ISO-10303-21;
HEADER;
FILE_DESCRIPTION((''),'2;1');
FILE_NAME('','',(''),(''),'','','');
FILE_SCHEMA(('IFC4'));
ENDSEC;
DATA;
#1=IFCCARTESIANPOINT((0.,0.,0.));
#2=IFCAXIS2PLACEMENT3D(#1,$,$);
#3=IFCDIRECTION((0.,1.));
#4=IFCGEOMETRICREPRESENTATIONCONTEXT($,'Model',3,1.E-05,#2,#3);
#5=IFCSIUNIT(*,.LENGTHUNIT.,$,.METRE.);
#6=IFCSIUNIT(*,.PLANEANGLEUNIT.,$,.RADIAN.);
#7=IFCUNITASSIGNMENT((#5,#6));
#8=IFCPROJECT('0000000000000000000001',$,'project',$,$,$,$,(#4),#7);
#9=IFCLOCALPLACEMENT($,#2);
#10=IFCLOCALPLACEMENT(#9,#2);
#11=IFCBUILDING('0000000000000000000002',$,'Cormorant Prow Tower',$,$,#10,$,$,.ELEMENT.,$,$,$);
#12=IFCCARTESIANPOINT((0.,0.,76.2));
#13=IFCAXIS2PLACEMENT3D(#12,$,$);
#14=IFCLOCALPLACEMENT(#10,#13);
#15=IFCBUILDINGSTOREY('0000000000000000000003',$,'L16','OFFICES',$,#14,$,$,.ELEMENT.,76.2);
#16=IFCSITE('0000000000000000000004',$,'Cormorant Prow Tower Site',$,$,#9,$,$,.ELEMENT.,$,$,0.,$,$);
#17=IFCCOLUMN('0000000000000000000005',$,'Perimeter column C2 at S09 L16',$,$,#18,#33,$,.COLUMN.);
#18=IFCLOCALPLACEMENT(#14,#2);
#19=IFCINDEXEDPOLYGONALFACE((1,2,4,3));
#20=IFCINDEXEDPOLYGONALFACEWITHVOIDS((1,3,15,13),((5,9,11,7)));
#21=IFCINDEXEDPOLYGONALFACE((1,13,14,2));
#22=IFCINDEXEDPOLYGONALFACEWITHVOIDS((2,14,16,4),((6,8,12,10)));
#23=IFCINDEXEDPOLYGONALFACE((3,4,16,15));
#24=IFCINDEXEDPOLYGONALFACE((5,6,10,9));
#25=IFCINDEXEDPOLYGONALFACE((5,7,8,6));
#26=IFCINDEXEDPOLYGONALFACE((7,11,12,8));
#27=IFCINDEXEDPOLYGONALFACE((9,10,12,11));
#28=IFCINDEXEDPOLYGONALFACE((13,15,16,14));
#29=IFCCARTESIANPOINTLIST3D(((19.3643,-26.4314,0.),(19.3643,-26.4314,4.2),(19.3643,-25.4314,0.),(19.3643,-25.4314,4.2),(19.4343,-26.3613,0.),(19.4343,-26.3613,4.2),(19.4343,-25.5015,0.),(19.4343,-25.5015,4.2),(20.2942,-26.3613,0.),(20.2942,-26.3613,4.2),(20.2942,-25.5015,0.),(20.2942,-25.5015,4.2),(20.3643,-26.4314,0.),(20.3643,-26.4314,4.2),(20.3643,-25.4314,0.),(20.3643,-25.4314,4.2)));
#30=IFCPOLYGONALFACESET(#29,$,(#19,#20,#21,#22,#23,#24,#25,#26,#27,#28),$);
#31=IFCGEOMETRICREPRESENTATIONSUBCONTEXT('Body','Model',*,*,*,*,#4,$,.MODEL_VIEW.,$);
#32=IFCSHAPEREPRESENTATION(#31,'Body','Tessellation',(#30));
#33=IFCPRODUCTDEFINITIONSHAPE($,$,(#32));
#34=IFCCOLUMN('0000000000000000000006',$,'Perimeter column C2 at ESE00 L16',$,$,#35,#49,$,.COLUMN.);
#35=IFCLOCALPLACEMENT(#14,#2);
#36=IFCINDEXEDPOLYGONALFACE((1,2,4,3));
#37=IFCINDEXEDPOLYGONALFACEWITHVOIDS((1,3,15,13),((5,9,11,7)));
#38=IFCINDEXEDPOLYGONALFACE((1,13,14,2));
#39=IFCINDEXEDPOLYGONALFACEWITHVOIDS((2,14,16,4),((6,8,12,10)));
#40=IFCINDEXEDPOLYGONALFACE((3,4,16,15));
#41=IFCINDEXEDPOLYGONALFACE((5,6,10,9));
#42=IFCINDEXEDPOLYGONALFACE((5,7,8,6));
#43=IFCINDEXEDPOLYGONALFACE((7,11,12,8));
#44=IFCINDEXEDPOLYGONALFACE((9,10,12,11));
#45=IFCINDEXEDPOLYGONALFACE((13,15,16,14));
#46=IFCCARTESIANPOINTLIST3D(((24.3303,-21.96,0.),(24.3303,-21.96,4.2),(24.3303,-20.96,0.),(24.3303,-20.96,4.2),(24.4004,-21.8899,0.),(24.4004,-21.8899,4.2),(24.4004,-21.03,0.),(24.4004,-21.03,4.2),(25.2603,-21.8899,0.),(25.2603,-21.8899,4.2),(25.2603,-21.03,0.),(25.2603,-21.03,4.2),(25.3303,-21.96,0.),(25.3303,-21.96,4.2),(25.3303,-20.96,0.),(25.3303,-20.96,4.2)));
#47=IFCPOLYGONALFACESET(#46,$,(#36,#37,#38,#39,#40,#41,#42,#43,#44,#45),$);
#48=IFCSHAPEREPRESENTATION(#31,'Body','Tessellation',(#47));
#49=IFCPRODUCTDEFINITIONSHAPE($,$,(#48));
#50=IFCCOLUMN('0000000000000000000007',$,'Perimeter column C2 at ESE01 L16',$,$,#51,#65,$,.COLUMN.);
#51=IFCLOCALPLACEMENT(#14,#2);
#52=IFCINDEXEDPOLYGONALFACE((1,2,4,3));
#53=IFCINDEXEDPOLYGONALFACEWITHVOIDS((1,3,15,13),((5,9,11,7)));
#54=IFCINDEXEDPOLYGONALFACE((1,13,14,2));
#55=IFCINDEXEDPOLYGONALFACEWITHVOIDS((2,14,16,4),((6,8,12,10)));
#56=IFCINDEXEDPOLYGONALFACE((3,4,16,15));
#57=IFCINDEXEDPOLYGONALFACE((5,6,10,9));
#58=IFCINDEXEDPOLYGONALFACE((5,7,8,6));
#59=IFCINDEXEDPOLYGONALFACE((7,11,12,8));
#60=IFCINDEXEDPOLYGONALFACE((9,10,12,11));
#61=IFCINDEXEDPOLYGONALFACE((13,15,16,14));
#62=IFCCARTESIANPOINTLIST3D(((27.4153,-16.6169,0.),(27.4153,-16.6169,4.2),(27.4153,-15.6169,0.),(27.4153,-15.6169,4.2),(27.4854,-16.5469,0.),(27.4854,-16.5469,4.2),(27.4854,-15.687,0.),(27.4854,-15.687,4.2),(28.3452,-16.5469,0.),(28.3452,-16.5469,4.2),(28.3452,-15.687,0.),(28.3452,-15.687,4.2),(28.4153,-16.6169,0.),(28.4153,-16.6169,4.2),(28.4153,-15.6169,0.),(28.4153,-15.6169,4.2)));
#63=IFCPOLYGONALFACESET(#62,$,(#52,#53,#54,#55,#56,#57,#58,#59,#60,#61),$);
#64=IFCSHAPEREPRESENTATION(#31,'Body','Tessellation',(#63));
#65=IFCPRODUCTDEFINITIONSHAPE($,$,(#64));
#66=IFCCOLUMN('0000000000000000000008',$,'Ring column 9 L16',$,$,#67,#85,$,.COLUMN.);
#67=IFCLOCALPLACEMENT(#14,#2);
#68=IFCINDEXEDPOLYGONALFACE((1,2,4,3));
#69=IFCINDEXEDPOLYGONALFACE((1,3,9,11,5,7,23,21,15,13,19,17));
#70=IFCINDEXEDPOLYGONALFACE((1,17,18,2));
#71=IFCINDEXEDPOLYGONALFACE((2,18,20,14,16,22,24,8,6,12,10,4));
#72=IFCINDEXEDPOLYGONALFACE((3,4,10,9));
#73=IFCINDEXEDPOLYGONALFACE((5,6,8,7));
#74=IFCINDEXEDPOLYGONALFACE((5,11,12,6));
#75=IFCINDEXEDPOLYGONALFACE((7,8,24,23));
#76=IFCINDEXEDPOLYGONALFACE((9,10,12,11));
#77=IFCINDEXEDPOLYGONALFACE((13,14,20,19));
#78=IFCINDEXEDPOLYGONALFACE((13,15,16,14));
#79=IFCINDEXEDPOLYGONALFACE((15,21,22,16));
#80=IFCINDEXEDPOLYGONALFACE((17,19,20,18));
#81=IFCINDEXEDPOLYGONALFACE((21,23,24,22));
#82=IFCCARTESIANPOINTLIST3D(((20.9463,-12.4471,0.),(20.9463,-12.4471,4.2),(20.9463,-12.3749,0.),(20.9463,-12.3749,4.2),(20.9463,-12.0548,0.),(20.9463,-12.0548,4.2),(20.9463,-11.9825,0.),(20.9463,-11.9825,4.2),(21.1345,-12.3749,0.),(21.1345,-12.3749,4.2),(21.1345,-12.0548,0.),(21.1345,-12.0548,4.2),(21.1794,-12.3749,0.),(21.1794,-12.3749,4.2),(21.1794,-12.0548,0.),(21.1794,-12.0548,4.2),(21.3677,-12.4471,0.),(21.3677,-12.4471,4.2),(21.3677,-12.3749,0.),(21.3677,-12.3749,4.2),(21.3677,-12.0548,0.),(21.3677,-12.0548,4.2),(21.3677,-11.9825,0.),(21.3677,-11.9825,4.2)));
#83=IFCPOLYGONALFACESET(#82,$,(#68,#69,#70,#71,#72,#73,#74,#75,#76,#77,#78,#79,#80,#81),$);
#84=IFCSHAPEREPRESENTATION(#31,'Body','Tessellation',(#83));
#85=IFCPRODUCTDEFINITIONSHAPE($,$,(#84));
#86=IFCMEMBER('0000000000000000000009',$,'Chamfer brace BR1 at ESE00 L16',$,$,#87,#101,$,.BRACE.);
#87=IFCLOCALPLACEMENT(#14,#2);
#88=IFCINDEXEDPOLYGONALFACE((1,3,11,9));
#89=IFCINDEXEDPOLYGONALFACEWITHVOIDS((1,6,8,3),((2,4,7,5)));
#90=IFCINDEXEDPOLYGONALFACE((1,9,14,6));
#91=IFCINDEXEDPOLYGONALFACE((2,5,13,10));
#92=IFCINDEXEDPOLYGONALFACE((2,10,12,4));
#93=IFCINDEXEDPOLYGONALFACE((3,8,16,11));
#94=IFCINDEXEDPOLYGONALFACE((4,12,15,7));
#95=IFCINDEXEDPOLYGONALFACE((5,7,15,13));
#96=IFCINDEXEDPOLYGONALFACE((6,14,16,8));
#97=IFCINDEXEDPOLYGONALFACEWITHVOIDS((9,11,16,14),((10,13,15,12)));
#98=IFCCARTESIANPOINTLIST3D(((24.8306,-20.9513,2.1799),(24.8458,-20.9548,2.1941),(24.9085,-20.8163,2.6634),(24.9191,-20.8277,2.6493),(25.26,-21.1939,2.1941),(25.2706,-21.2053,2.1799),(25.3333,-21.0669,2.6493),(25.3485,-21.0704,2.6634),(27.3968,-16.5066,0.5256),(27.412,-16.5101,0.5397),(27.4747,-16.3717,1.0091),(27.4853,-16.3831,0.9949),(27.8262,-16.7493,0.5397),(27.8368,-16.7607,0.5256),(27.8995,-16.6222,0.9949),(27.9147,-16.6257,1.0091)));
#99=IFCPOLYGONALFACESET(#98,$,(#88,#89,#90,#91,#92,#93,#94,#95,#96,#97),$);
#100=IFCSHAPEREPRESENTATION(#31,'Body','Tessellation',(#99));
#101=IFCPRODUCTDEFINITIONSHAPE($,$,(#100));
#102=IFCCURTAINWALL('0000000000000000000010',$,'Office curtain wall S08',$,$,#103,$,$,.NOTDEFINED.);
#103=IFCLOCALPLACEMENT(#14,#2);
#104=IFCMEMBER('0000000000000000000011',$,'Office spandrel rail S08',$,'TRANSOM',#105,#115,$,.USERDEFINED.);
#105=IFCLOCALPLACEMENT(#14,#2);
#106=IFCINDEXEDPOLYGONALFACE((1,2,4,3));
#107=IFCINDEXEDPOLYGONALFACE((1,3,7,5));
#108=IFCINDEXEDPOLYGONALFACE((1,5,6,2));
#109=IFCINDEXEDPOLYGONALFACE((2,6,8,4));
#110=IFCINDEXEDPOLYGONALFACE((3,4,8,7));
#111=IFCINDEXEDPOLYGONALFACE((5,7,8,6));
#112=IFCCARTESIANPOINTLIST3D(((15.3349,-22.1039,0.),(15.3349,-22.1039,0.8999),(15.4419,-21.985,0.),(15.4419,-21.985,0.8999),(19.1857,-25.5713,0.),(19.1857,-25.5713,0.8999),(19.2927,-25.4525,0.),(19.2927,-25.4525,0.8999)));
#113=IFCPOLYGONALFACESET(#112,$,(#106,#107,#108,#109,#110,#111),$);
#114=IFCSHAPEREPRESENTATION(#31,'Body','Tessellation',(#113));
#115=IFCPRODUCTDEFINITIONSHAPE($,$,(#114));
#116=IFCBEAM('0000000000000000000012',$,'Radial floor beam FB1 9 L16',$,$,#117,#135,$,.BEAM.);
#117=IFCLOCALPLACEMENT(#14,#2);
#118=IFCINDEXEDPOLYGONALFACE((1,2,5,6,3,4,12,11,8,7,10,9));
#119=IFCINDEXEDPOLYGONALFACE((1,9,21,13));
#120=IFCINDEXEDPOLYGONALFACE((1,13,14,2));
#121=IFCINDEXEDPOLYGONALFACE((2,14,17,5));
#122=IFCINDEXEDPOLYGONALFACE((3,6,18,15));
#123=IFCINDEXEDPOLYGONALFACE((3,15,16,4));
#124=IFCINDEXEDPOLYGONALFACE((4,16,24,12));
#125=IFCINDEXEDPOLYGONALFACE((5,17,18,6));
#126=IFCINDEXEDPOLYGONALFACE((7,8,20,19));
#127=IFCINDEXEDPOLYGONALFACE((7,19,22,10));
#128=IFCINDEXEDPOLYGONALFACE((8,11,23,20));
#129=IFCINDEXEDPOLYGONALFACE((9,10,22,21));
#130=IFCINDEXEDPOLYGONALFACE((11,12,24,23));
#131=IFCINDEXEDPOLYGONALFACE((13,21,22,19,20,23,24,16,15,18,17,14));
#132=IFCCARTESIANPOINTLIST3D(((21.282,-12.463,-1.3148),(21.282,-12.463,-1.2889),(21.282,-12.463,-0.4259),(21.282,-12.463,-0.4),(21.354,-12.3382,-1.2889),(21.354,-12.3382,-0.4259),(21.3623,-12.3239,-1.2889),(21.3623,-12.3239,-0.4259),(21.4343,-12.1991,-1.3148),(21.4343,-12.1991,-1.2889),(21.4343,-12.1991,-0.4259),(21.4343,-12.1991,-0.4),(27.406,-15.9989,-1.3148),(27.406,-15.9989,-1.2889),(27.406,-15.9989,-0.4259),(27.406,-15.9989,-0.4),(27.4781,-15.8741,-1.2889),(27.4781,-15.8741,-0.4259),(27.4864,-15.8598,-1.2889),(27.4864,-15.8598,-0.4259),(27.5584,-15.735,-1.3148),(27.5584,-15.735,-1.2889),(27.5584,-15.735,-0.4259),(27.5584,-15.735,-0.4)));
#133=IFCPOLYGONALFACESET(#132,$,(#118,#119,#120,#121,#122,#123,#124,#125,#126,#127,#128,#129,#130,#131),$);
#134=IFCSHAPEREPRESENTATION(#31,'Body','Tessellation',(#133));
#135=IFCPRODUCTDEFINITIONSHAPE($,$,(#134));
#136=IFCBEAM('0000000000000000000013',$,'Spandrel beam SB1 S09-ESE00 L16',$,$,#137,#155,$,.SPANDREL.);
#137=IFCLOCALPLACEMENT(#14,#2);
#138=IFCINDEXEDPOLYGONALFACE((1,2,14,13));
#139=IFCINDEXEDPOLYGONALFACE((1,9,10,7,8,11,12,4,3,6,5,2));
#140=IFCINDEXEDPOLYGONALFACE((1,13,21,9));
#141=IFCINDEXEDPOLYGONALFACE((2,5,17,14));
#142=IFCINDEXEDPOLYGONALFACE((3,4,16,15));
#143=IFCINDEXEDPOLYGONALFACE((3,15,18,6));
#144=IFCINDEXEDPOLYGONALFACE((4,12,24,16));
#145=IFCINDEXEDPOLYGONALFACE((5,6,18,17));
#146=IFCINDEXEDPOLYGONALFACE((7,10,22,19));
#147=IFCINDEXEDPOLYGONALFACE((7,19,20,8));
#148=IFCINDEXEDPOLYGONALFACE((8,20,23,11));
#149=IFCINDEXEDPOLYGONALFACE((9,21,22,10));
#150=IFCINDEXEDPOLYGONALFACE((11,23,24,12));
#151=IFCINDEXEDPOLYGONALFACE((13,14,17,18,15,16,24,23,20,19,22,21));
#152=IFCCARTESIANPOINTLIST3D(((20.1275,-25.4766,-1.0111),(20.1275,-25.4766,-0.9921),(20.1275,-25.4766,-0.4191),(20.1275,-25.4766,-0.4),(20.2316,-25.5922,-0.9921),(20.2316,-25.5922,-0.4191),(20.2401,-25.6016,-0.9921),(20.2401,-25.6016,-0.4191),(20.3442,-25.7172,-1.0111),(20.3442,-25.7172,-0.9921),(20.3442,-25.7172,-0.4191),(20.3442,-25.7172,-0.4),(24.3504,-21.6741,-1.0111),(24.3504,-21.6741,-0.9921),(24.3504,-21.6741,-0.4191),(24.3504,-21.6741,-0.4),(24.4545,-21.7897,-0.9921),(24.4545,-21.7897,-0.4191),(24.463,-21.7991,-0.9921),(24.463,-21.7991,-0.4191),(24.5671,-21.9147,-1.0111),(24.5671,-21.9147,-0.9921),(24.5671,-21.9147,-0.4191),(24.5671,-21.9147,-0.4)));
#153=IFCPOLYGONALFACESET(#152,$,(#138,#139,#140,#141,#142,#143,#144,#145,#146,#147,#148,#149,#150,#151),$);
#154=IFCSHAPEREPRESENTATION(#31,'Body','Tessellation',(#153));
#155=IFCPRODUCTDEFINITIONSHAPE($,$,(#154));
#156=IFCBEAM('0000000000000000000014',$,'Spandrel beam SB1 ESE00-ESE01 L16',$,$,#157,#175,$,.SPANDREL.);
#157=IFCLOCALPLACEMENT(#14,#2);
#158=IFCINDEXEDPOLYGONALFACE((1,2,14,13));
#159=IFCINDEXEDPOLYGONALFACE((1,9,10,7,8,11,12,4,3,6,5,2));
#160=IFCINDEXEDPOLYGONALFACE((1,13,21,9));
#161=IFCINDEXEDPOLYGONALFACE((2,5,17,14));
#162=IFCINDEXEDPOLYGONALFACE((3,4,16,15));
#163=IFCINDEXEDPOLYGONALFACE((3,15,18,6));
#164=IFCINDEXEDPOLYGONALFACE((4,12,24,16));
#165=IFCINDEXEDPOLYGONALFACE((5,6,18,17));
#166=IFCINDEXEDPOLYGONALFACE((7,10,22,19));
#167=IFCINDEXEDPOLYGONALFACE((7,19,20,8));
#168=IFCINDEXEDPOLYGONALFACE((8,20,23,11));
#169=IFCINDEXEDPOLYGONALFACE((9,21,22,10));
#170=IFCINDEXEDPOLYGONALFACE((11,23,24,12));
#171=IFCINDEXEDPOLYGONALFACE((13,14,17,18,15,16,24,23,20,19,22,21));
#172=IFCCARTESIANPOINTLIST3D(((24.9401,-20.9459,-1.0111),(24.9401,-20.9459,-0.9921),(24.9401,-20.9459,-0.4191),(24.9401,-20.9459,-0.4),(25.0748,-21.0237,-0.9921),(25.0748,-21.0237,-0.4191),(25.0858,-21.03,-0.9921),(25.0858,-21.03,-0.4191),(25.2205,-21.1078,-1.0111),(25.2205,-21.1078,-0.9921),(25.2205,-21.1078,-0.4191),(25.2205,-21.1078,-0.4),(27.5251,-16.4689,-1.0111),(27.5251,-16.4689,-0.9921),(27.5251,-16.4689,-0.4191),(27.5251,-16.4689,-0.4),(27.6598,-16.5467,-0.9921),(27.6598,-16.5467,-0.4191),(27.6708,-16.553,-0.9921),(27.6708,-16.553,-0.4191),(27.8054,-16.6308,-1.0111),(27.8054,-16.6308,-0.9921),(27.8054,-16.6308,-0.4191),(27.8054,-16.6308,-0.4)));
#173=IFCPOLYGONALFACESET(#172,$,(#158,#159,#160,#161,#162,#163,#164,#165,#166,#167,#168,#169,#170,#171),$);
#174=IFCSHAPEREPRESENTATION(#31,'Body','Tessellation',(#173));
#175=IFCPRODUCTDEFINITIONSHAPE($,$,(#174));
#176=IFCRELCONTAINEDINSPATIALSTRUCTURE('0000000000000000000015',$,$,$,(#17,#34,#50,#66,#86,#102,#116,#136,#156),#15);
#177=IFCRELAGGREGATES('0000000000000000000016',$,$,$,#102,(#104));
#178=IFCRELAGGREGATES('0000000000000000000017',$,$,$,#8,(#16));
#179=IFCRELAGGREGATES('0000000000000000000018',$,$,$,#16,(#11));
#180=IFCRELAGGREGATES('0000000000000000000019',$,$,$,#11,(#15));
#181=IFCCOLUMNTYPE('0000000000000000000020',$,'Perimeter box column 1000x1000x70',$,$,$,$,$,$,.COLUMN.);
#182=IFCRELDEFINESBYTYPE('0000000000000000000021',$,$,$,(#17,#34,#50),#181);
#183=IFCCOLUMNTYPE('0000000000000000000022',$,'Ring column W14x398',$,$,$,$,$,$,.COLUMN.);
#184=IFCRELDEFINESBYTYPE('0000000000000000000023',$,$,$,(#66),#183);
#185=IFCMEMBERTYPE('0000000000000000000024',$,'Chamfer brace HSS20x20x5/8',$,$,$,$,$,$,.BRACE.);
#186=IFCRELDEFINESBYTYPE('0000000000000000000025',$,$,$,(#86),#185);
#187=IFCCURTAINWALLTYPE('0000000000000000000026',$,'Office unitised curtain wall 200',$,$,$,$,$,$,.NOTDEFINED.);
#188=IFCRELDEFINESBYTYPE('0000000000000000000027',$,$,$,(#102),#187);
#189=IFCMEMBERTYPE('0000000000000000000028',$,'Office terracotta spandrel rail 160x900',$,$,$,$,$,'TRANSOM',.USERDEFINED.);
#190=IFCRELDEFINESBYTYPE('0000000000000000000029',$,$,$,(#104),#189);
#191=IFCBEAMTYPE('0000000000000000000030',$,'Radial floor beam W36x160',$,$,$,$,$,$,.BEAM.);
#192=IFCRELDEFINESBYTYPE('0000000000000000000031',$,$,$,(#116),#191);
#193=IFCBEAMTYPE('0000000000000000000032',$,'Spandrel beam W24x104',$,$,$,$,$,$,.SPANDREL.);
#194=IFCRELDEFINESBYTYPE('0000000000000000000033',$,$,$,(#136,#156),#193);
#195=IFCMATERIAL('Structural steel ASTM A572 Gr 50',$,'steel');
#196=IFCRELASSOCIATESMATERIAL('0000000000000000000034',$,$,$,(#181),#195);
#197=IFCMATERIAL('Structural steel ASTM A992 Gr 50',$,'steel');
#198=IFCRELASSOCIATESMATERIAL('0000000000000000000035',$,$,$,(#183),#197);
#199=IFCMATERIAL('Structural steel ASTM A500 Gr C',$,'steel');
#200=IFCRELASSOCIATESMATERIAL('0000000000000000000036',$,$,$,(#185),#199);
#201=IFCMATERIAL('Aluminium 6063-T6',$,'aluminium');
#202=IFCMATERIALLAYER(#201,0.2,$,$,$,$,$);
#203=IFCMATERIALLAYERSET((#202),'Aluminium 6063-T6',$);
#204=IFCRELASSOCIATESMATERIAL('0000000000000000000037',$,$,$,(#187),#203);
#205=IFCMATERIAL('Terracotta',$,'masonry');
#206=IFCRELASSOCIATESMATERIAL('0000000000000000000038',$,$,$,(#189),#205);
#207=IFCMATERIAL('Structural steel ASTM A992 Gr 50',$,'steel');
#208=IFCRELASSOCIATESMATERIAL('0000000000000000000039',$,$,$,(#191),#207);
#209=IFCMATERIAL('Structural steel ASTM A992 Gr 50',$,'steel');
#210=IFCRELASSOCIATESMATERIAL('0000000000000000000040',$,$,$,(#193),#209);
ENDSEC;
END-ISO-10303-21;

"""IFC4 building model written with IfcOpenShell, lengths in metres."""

from ifc_helpers import new_model, si_unit, direction, frame, origin, origin_2d, place, context, subcontext, project, spatial, rectangle, hollow_rectangle, i_section, extrude, material, layer, layer_set, material_profile, profile_set, type_object, element, aggregate, save


model = new_model("IFC4")

# Units and contexts
model_context = context("Model", 3, precision=1e-05, world=origin(), true_north=direction((0.0, 1.0)))
body_context = subcontext(model_context, "Body", "Model", "MODEL_VIEW")
ifc_project = project(units=[si_unit("LENGTHUNIT", "METRE"), si_unit("PLANEANGLEUNIT", "RADIAN")], contexts=[model_context])

# Site, building, storey
site_placement = place(None, origin())
site = spatial("IfcSite", under=ifc_project, at=site_placement, Name="Cormorant Prow Tower Site", CompositionType="ELEMENT", RefElevation=0.0)
building_placement = place(site_placement, origin())
building = spatial("IfcBuilding", under=site, at=building_placement, Name="Cormorant Prow Tower", CompositionType="ELEMENT")
storey_placement = place(building_placement, frame((0.0, 0.0, 76.2)))
storey = spatial("IfcBuildingStorey", under=building, at=storey_placement, Name="L16", Description="OFFICES", CompositionType="ELEMENT", Elevation=76.2)

# Columns
ifc_material_1 = material(Name="Structural steel ASTM A572 Gr 50", Category="steel")
ifc_material_profile_1 = material_profile(ifc_material_1, hollow_rectangle(XDim=1.0, YDim=1.0, WallThickness=0.0701, at=origin_2d()), Name="Box 1000x1000x70")
ifc_profile_set_1 = profile_set([ifc_material_profile_1], Name="Structural steel ASTM A572 Gr 50")
column_type_1 = type_object("IfcColumnType", Name="Perimeter box column 1000x1000x70", PredefinedType="COLUMN", material=ifc_profile_set_1)
for number, where, z_axis, x_axis, name in (
    (1, (19.8643, -25.9314, 0.0), (0.0, 0.0, 1.0), (1.0, 0.0, 0.0), "Perimeter column C2 at S09 L16"),
    (2, (24.8303, -21.46, 0.0), (0.0, 0.0, 1.0), (1.0, 0.0, 0.0), "Perimeter column C2 at ESE00 L16"),
    (3, (27.9153, -16.1169, 0.0), (0.0, 0.0, 1.0), (1.0, 0.0, 0.0), "Perimeter column C2 at ESE01 L16"),
):
    element("IfcColumn", number, at=place(storey_placement, frame(where, z_axis=z_axis, x_axis=x_axis)), inside=storey, type_object=column_type_1, Name=name, PredefinedType="COLUMN", context=body_context, shape_type="SweptSolid", body=[
        extrude(hollow_rectangle(XDim=1.0, YDim=1.0, WallThickness=0.0701, at=origin_2d()), origin(), (0.0, 0.0, 1.0), 4.2),
    ])
ifc_material_2 = material(Name="Structural steel ASTM A992 Gr 50", Category="steel")
ifc_material_profile_2 = material_profile(ifc_material_2, i_section(OverallWidth=0.4214, OverallDepth=0.4646, WebThickness=0.0449, FlangeThickness=0.0723, at=origin_2d()), Name="W14x398")
ifc_profile_set_2 = profile_set([ifc_material_profile_2], Name="Structural steel ASTM A992 Gr 50")
column_type_2 = type_object("IfcColumnType", Name="Ring column W14x398", PredefinedType="COLUMN", material=ifc_profile_set_2)
column_placement = place(storey_placement, frame((21.157, -12.2148, 0.0), z_axis=(0.0, 0.0, 1.0), x_axis=(1.0, 0.0, 0.0)))
element("IfcColumn", 4, at=column_placement, inside=storey, type_object=column_type_2, Name="Ring column 9 L16", PredefinedType="COLUMN", context=body_context, shape_type="SweptSolid", body=[
    extrude(i_section(OverallWidth=0.4214, OverallDepth=0.4646, WebThickness=0.0449, FlangeThickness=0.0723, at=origin_2d()), origin(), (0.0, 0.0, 1.0), 4.2),
])

# Member
ifc_material_3 = material(Name="Structural steel ASTM A500 Gr C", Category="steel")
ifc_material_profile_3 = material_profile(ifc_material_3, hollow_rectangle(XDim=0.5081, YDim=0.5081, WallThickness=0.0149, at=origin_2d()), Name="HSS20x20x5/8")
ifc_profile_set_3 = profile_set([ifc_material_profile_3], Name="Structural steel ASTM A500 Gr C")
member_type_1 = type_object("IfcMemberType", Name="Chamfer brace HSS20x20x5/8", PredefinedType="BRACE", material=ifc_profile_set_3)
member_1_placement = place(storey_placement, frame((27.6558, -16.5662, 0.7673), z_axis=(-0.4759, -0.824256, 0.306793), x_axis=(0.866018, -0.500012, 0.0)))
element("IfcMember", 5, at=member_1_placement, inside=storey, type_object=member_type_1, Name="Chamfer brace BR1 at ESE00 L16", PredefinedType="BRACE", context=body_context, shape_type="SweptSolid", body=[
    extrude(hollow_rectangle(XDim=0.5081, YDim=0.5081, WallThickness=0.0149, at=origin_2d()), origin(), (0.0, 0.0, 1.0), 5.3923),
])

# Curtain wall, member
ifc_material_4 = material(Name="Aluminium 6063-T6", Category="aluminium")
ifc_layer_1 = layer(ifc_material_4, 0.2)
ifc_layer_set_1 = layer_set([ifc_layer_1], Name="Aluminium 6063-T6")
curtain_wall_type = type_object("IfcCurtainWallType", Name="Office unitised curtain wall 200", PredefinedType="NOTDEFINED", material=ifc_layer_set_1)
curtain_wall_placement = place(storey_placement, origin())
curtain_wall = element("IfcCurtainWall", 6, at=curtain_wall_placement, inside=storey, type_object=curtain_wall_type, Name="Office curtain wall S08", PredefinedType="NOTDEFINED")
ifc_material_5 = material(Name="Terracotta", Category="masonry")
ifc_material_profile_4 = material_profile(ifc_material_5, rectangle(XDim=0.1599, YDim=0.8999, at=origin_2d()), Name="Office terracotta spandrel rail 160x900")
ifc_profile_set_4 = profile_set([ifc_material_profile_4], Name="Terracotta")
member_type_2 = type_object("IfcMemberType", Name="Office terracotta spandrel rail 160x900", ElementType="TRANSOM", PredefinedType="USERDEFINED", material=ifc_profile_set_4)
member_2_placement = place(storey_placement, frame((15.3884, -22.0444, 0.45), z_axis=(0.743123, -0.669155, 0.0), x_axis=(0.669155, 0.743123, 0.0)))
member_2 = element("IfcMember", 7, at=member_2_placement, type_object=member_type_2, Name="Office spandrel rail S08", ObjectType="TRANSOM", PredefinedType="USERDEFINED", context=body_context, shape_type="SweptSolid", body=[
    extrude(rectangle(XDim=0.1599, YDim=0.8999, at=origin_2d()), origin(), (0.0, 0.0, 1.0), 5.1819),
])

# Beams
ifc_material_6 = material(Name="Structural steel ASTM A992 Gr 50", Category="steel")
ifc_material_profile_5 = material_profile(ifc_material_6, i_section(OverallWidth=0.3047, OverallDepth=0.9148, WebThickness=0.0166, FlangeThickness=0.0259, at=origin_2d()), Name="W36x160")
ifc_profile_set_5 = profile_set([ifc_material_profile_5], Name="Structural steel ASTM A992 Gr 50")
beam_type_1 = type_object("IfcBeamType", Name="Radial floor beam W36x160", PredefinedType="BEAM", material=ifc_profile_set_5)
beam_1_placement = place(storey_placement, frame((21.3582, -12.3311, -0.8574), z_axis=(0.866014, -0.500019, 0.0), x_axis=(0.500019, 0.866014, 0.0)))
element("IfcBeam", 8, at=beam_1_placement, inside=storey, type_object=beam_type_1, Name="Radial floor beam FB1 9 L16", PredefinedType="BEAM", context=body_context, shape_type="SweptSolid", body=[
    extrude(i_section(OverallWidth=0.3047, OverallDepth=0.9148, WebThickness=0.0166, FlangeThickness=0.0259, at=origin_2d()), origin(), (0.0, 0.0, 1.0), 7.0715),
])
ifc_material_7 = material(Name="Structural steel ASTM A992 Gr 50", Category="steel")
ifc_material_profile_6 = material_profile(ifc_material_7, i_section(OverallWidth=0.3237, OverallDepth=0.6111, WebThickness=0.0127, FlangeThickness=0.019, at=origin_2d()), Name="W24x104")
ifc_profile_set_6 = profile_set([ifc_material_profile_6], Name="Structural steel ASTM A992 Gr 50")
beam_type_2 = type_object("IfcBeamType", Name="Spandrel beam W24x104", PredefinedType="SPANDREL", material=ifc_profile_set_6)
beam_2_placement = place(storey_placement, frame((20.2358, -25.5969, -0.7056), z_axis=(0.74313, 0.669147, 0.0), x_axis=(-0.669147, 0.74313, 0.0)))
element("IfcBeam", 9, at=beam_2_placement, inside=storey, type_object=beam_type_2, Name="Spandrel beam SB1 S09-ESE00 L16", PredefinedType="SPANDREL", context=body_context, shape_type="SweptSolid", body=[
    extrude(i_section(OverallWidth=0.3237, OverallDepth=0.6111, WebThickness=0.0127, FlangeThickness=0.019, at=origin_2d()), origin(), (0.0, 0.0, 1.0), 5.6826),
])
for number, where, z_axis, x_axis, name in (
    (10, (25.0803, -21.0269, -0.7056), (0.50002, 0.866014, 0.0), (-0.866014, 0.50002, 0.0), "Spandrel beam SB1 ESE00-ESE01 L16"),
):
    element("IfcBeam", number, at=place(storey_placement, frame(where, z_axis=z_axis, x_axis=x_axis)), inside=storey, type_object=beam_type_2, Name=name, PredefinedType="SPANDREL", context=body_context, shape_type="SweptSolid", body=[
        extrude(i_section(OverallWidth=0.3237, OverallDepth=0.6111, WebThickness=0.0127, FlangeThickness=0.019, at=origin_2d()), origin(), (0.0, 0.0, 1.0), 5.1697),
    ])

aggregate(curtain_wall, [member_2])

save(model, "model.ifc")
